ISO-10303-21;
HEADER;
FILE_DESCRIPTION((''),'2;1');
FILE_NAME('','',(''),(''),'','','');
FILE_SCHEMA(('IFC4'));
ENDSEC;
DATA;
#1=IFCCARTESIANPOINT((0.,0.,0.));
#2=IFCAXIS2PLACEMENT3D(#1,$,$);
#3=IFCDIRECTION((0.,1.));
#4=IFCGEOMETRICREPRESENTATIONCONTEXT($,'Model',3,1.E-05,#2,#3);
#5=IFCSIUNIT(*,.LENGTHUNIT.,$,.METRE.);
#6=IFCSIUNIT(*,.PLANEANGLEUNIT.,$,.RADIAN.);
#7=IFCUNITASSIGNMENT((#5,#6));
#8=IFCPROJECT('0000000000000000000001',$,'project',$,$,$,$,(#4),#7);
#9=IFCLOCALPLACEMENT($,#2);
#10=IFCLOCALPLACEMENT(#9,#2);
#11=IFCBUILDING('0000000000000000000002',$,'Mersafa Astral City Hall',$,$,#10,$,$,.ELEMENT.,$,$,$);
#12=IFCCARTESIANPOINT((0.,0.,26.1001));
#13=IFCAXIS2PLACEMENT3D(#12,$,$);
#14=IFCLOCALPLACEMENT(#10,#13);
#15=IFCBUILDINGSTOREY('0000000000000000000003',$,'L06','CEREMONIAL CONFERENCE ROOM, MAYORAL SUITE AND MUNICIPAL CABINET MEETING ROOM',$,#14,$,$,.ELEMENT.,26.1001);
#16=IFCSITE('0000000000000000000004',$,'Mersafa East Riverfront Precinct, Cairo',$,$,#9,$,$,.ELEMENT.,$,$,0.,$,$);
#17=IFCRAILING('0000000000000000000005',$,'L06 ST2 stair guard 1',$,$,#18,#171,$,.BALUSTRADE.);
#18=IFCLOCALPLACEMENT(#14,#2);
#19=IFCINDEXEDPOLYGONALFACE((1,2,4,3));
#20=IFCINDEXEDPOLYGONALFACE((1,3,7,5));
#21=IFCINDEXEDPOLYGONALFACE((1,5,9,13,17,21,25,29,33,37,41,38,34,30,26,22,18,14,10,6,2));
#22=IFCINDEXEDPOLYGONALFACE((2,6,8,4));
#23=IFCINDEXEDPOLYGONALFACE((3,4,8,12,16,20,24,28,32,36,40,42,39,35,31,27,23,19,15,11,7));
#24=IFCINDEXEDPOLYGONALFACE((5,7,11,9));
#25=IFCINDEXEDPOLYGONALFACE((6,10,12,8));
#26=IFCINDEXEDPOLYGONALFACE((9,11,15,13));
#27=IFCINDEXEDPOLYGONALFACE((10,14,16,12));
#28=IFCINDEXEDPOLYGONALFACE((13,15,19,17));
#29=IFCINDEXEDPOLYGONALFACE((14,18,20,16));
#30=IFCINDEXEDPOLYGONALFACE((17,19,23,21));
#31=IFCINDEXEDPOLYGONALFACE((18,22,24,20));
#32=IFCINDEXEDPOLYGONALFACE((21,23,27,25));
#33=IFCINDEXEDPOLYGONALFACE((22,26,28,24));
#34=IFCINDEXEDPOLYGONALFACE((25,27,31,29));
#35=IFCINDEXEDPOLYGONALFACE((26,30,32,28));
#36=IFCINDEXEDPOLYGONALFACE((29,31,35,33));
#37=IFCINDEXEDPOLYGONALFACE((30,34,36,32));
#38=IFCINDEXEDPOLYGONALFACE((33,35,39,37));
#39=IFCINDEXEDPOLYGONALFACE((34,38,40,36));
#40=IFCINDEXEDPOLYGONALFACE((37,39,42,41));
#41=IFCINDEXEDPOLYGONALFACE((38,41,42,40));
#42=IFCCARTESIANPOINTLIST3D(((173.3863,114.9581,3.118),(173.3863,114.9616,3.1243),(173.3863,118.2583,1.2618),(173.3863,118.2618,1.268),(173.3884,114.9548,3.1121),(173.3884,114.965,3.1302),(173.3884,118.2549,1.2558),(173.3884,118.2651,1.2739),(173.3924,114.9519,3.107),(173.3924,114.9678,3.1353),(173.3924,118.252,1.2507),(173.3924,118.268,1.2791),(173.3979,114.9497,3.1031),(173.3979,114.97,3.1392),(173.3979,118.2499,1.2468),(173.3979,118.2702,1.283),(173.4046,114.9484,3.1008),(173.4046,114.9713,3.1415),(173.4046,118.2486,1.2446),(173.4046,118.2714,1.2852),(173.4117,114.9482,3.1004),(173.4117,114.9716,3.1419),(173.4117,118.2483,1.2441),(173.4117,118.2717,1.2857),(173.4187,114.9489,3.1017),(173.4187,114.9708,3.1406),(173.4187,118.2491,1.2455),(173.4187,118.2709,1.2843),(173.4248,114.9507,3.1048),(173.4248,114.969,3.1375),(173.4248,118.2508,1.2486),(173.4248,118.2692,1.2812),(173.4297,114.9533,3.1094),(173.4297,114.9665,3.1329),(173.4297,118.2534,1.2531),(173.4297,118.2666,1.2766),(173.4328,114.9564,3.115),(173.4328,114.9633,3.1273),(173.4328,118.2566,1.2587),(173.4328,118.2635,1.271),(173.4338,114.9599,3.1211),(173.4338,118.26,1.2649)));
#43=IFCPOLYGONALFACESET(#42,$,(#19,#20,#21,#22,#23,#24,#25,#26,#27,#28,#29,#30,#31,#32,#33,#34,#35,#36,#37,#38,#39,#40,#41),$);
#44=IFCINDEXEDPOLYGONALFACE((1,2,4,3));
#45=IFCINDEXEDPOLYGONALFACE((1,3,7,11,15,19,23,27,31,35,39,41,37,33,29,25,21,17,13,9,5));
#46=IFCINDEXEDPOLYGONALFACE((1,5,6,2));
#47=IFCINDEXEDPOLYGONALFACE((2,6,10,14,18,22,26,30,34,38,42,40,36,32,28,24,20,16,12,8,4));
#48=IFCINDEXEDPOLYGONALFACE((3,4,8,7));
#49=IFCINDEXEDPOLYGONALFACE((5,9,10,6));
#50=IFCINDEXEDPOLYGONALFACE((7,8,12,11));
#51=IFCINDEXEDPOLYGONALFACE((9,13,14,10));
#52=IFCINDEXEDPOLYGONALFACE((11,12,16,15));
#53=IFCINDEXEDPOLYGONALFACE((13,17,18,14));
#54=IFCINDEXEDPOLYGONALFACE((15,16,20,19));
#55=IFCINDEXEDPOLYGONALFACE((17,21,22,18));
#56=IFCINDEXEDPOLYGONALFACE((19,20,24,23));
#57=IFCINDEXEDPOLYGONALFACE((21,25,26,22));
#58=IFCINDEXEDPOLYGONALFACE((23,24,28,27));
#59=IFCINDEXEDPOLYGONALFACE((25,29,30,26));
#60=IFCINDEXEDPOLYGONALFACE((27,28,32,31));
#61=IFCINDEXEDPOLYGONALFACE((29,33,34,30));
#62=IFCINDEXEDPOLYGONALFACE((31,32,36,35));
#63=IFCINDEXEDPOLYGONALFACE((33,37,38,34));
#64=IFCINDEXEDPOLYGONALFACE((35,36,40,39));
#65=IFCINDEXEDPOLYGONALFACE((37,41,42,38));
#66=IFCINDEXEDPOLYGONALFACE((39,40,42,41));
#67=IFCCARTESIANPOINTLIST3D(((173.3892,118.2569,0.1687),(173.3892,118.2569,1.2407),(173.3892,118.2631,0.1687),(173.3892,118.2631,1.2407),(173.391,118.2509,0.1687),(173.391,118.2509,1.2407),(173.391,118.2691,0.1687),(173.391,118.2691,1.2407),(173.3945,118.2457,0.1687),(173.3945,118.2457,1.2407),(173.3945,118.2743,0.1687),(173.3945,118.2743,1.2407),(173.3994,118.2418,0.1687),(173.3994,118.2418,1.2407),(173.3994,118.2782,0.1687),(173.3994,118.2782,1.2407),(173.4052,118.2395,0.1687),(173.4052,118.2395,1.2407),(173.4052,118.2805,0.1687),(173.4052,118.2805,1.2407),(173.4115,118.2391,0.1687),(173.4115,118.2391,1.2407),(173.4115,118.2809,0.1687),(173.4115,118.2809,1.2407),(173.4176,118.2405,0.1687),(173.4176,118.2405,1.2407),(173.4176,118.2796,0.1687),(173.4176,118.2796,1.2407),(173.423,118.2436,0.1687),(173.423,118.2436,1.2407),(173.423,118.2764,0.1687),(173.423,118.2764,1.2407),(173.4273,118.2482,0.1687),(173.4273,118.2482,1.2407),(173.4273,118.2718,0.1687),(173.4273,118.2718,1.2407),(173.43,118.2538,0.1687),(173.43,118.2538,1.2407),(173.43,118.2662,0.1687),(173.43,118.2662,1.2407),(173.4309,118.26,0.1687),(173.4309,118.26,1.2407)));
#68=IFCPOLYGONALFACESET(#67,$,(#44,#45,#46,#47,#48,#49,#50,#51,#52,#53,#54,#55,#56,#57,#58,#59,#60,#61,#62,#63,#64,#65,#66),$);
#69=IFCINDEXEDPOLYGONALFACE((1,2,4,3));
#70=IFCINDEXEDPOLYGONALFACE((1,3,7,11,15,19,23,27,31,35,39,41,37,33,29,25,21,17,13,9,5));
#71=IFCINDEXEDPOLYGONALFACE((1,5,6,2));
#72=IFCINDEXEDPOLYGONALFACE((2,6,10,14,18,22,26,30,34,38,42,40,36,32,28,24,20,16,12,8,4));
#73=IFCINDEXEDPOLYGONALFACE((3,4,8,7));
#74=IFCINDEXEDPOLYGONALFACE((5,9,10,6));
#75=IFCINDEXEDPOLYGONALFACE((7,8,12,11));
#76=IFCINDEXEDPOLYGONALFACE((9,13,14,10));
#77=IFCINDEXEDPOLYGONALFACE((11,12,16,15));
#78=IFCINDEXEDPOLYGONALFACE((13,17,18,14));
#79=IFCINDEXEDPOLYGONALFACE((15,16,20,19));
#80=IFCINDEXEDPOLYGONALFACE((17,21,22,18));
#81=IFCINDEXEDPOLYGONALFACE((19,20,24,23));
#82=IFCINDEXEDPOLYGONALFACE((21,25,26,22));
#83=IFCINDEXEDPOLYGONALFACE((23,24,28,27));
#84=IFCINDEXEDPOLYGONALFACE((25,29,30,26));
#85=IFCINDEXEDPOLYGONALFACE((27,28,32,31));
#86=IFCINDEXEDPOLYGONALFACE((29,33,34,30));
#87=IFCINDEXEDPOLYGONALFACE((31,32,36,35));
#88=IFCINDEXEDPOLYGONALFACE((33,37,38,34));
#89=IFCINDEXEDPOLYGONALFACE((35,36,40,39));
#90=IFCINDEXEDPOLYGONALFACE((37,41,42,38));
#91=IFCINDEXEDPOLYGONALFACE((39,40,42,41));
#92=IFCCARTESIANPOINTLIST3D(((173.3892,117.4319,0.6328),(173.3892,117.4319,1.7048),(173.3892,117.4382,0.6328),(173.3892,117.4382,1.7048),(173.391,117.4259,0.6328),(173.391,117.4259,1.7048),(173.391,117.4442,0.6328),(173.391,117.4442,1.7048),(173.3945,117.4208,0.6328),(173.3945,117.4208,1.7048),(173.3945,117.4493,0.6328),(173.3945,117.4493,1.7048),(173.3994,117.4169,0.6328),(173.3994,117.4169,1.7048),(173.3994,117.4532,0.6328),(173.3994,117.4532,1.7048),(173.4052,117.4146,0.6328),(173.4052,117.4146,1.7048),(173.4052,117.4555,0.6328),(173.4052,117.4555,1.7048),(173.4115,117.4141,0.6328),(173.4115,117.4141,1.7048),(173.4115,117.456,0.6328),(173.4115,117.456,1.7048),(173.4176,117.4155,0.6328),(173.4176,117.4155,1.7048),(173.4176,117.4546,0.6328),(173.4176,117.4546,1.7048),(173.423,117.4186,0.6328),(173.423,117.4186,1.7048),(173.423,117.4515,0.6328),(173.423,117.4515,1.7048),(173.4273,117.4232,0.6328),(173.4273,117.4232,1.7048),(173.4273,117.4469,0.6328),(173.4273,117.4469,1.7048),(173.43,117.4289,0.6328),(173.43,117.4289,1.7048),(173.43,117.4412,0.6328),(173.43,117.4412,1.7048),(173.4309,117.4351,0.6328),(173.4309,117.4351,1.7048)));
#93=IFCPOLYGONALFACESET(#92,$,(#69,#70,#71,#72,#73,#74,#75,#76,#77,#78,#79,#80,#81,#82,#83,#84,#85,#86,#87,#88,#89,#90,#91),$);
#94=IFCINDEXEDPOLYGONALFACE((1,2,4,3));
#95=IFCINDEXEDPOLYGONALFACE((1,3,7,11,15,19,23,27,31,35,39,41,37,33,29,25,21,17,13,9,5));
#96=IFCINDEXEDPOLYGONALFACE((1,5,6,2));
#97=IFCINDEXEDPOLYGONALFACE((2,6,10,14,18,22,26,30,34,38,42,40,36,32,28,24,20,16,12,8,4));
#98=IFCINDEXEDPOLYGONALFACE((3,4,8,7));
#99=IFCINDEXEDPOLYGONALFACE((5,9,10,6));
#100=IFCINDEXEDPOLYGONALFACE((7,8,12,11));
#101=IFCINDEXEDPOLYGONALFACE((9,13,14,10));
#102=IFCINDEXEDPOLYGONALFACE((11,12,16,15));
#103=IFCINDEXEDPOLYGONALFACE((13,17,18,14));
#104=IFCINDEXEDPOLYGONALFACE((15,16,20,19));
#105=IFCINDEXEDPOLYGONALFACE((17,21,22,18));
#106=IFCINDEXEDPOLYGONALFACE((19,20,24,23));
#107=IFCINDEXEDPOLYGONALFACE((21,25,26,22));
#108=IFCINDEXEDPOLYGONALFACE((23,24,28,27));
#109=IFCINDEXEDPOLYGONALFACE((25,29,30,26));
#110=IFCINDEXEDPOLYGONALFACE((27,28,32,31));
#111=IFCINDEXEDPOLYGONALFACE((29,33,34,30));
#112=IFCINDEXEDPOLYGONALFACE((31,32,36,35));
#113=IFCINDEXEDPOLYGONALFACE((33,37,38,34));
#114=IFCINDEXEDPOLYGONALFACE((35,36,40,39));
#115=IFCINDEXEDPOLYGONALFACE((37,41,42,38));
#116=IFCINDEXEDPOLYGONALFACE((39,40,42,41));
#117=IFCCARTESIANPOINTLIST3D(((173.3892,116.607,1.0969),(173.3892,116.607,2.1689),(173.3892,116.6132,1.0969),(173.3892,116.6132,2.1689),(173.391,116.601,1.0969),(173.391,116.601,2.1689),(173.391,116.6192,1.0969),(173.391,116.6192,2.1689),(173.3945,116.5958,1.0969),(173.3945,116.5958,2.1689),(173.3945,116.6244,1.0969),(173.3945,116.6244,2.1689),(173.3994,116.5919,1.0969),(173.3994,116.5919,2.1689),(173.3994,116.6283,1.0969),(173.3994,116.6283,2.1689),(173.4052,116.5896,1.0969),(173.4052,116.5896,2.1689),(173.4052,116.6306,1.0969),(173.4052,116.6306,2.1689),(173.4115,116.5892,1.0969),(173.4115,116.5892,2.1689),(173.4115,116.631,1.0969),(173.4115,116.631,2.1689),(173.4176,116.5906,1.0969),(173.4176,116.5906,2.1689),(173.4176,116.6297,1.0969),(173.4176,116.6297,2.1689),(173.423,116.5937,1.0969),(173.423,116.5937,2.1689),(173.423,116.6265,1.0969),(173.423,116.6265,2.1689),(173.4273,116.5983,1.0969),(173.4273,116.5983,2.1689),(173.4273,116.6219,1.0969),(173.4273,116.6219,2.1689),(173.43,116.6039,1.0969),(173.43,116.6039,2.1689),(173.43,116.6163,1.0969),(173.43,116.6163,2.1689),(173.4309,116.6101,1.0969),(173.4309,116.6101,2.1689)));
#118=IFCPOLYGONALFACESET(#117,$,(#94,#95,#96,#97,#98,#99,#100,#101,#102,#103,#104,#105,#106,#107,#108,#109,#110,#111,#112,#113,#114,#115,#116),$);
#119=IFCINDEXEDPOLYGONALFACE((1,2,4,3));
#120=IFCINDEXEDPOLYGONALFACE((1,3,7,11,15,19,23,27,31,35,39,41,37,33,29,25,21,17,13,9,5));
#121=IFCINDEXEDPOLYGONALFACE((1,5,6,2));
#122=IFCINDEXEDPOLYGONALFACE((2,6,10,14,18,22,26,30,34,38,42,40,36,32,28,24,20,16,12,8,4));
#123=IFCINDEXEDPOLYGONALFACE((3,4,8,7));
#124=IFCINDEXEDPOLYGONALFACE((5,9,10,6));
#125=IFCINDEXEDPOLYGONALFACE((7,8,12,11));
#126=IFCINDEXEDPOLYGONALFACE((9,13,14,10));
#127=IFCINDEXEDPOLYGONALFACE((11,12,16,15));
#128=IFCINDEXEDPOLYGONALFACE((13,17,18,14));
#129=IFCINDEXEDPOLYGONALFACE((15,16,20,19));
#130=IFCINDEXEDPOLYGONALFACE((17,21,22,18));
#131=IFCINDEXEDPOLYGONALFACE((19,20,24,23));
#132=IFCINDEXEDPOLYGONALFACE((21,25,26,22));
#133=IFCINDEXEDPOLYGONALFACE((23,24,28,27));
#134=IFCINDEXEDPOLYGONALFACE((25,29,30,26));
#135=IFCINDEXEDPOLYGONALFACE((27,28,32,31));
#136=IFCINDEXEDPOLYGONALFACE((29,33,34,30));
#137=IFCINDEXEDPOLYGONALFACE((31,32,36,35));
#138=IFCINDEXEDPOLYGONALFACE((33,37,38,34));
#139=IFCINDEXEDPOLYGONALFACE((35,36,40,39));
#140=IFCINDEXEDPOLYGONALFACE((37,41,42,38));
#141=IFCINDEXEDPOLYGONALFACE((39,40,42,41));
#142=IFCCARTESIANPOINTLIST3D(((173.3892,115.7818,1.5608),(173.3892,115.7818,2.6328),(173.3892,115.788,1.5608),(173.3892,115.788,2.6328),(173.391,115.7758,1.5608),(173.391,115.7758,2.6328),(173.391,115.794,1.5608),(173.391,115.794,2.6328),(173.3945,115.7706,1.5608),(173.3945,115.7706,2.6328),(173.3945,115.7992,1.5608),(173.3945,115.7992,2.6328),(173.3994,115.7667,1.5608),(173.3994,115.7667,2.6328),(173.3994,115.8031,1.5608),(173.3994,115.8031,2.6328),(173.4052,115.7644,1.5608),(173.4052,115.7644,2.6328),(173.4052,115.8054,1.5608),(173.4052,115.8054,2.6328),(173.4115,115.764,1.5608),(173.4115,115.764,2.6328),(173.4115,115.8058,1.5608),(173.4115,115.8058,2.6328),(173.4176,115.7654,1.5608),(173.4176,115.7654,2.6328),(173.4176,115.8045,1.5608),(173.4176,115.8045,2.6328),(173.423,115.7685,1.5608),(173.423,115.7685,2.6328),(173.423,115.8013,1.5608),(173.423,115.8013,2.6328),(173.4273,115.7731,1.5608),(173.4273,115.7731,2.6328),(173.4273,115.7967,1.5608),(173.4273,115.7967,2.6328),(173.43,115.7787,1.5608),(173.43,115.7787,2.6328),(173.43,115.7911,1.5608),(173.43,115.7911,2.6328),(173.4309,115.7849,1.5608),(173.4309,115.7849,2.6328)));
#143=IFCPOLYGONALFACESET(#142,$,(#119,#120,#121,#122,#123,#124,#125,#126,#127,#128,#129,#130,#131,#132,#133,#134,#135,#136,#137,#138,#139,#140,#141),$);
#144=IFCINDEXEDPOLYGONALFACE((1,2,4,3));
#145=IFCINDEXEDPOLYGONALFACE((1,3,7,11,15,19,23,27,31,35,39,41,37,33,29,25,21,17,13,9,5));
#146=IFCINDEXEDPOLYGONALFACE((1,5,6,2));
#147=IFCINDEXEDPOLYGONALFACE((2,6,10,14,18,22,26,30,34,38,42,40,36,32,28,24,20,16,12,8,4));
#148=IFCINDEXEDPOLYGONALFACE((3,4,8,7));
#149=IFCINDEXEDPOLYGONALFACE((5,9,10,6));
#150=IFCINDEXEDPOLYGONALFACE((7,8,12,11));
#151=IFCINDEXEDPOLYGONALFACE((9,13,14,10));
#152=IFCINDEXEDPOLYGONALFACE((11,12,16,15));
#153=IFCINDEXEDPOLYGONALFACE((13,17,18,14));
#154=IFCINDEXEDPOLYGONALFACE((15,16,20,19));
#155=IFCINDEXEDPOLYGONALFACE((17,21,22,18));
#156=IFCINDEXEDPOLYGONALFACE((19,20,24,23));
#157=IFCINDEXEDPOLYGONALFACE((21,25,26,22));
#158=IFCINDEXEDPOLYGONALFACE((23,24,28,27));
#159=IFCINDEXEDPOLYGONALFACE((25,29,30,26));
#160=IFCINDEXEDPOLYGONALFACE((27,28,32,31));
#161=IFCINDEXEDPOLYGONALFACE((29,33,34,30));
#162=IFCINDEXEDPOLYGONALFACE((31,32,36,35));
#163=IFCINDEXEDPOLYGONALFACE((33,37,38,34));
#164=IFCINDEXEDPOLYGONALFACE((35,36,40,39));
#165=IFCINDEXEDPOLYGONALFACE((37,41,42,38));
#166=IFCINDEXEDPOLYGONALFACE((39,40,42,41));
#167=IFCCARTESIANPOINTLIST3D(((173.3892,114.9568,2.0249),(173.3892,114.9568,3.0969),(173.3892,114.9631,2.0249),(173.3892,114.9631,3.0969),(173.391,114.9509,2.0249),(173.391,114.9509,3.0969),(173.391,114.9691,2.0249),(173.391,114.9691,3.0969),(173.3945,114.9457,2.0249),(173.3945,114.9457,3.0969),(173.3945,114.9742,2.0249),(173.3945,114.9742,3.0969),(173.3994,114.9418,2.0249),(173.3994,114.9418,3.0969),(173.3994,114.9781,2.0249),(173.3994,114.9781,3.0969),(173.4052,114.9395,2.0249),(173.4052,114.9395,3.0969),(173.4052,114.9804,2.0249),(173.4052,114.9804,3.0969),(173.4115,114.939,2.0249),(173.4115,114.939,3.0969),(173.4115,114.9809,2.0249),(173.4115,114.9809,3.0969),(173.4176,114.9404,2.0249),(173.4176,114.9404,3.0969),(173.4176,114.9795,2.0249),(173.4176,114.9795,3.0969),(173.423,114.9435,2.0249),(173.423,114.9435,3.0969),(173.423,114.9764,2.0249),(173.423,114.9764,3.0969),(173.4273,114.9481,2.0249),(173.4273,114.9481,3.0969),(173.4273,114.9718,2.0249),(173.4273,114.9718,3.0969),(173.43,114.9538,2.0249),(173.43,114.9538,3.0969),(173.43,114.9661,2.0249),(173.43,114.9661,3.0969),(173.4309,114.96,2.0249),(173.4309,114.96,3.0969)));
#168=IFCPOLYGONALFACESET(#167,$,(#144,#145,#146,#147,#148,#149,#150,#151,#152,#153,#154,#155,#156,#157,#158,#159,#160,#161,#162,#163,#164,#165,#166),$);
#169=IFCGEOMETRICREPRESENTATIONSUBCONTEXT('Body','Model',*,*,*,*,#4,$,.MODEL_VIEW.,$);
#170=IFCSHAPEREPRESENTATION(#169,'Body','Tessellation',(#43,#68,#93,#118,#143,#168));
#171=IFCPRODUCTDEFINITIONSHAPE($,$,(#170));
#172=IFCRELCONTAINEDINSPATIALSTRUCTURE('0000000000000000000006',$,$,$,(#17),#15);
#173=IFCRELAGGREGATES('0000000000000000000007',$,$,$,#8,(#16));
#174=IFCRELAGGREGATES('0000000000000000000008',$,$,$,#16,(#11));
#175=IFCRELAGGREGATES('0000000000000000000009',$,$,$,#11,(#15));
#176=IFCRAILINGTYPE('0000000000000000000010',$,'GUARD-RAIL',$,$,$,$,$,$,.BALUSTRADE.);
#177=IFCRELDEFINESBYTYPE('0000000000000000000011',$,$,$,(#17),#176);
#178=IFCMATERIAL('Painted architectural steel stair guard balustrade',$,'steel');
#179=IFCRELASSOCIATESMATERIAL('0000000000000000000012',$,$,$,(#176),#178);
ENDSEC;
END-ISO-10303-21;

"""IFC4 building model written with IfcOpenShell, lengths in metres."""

from ifc_helpers import new_model, si_unit, direction, frame, origin, origin_2d, place, context, subcontext, project, spatial, circle, extrude, material, type_object, element, save


model = new_model("IFC4")

# Units and contexts
model_context = context("Model", 3, precision=1e-05, world=origin(), true_north=direction((0.0, 1.0)))
body_context = subcontext(model_context, "Body", "Model", "MODEL_VIEW")
ifc_project = project(units=[si_unit("LENGTHUNIT", "METRE"), si_unit("PLANEANGLEUNIT", "RADIAN")], contexts=[model_context])

# Site, building, storey
site_placement = place(None, origin())
site = spatial("IfcSite", under=ifc_project, at=site_placement, Name="Mersafa East Riverfront Precinct, Cairo", CompositionType="ELEMENT", RefElevation=0.0)
building_placement = place(site_placement, origin())
building = spatial("IfcBuilding", under=site, at=building_placement, Name="Mersafa Astral City Hall", CompositionType="ELEMENT")
storey_placement = place(building_placement, frame((0.0, 0.0, 26.1001)))
storey = spatial("IfcBuildingStorey", under=building, at=storey_placement, Name="L06", Description="CEREMONIAL CONFERENCE ROOM, MAYORAL SUITE AND MUNICIPAL CABINET MEETING ROOM", CompositionType="ELEMENT", Elevation=26.1001)

# Railing
ifc_material_1 = material(Name="Painted architectural steel stair guard balustrade", Category="steel")
railing_type_1 = type_object("IfcRailingType", Name="GUARD-RAIL", PredefinedType="BALUSTRADE", material=ifc_material_1)
railing_1_placement = place(storey_placement, frame((173.4099, 118.26, 0.1687)))
element("IfcRailing", 1, at=railing_1_placement, inside=storey, type_object=railing_type_1, Name="L06 ST2 stair guard 1", PredefinedType="BALUSTRADE", context=body_context, shape_type="SweptSolid", body=[
    extrude(circle(Radius=0.0239, at=origin_2d()), frame((0.0, 0.0, 1.0962), z_axis=(0.0, -0.871584, 0.490246), x_axis=(1.0, 0.0, 0.0)), (0.0, 0.0, 1.0), 3.7864),
    extrude(circle(Radius=0.021, at=origin_2d()), origin(), (0.0, 0.0, 1.0), 1.072),
    extrude(circle(Radius=0.021, at=origin_2d()), frame((0.0, -0.825, 0.4641)), (0.0, 0.0, 1.0), 1.072),
    extrude(circle(Radius=0.021, at=origin_2d()), frame((0.0, -1.6499, 0.9282)), (0.0, 0.0, 1.0), 1.072),
    extrude(circle(Radius=0.021, at=origin_2d()), frame((0.0, -2.4751, 1.3921)), (0.0, 0.0, 1.0), 1.072),
    extrude(circle(Radius=0.021, at=origin_2d()), frame((0.0, -3.3, 1.8562)), (0.0, 0.0, 1.0), 1.072),
])

save(model, "model.ifc")
